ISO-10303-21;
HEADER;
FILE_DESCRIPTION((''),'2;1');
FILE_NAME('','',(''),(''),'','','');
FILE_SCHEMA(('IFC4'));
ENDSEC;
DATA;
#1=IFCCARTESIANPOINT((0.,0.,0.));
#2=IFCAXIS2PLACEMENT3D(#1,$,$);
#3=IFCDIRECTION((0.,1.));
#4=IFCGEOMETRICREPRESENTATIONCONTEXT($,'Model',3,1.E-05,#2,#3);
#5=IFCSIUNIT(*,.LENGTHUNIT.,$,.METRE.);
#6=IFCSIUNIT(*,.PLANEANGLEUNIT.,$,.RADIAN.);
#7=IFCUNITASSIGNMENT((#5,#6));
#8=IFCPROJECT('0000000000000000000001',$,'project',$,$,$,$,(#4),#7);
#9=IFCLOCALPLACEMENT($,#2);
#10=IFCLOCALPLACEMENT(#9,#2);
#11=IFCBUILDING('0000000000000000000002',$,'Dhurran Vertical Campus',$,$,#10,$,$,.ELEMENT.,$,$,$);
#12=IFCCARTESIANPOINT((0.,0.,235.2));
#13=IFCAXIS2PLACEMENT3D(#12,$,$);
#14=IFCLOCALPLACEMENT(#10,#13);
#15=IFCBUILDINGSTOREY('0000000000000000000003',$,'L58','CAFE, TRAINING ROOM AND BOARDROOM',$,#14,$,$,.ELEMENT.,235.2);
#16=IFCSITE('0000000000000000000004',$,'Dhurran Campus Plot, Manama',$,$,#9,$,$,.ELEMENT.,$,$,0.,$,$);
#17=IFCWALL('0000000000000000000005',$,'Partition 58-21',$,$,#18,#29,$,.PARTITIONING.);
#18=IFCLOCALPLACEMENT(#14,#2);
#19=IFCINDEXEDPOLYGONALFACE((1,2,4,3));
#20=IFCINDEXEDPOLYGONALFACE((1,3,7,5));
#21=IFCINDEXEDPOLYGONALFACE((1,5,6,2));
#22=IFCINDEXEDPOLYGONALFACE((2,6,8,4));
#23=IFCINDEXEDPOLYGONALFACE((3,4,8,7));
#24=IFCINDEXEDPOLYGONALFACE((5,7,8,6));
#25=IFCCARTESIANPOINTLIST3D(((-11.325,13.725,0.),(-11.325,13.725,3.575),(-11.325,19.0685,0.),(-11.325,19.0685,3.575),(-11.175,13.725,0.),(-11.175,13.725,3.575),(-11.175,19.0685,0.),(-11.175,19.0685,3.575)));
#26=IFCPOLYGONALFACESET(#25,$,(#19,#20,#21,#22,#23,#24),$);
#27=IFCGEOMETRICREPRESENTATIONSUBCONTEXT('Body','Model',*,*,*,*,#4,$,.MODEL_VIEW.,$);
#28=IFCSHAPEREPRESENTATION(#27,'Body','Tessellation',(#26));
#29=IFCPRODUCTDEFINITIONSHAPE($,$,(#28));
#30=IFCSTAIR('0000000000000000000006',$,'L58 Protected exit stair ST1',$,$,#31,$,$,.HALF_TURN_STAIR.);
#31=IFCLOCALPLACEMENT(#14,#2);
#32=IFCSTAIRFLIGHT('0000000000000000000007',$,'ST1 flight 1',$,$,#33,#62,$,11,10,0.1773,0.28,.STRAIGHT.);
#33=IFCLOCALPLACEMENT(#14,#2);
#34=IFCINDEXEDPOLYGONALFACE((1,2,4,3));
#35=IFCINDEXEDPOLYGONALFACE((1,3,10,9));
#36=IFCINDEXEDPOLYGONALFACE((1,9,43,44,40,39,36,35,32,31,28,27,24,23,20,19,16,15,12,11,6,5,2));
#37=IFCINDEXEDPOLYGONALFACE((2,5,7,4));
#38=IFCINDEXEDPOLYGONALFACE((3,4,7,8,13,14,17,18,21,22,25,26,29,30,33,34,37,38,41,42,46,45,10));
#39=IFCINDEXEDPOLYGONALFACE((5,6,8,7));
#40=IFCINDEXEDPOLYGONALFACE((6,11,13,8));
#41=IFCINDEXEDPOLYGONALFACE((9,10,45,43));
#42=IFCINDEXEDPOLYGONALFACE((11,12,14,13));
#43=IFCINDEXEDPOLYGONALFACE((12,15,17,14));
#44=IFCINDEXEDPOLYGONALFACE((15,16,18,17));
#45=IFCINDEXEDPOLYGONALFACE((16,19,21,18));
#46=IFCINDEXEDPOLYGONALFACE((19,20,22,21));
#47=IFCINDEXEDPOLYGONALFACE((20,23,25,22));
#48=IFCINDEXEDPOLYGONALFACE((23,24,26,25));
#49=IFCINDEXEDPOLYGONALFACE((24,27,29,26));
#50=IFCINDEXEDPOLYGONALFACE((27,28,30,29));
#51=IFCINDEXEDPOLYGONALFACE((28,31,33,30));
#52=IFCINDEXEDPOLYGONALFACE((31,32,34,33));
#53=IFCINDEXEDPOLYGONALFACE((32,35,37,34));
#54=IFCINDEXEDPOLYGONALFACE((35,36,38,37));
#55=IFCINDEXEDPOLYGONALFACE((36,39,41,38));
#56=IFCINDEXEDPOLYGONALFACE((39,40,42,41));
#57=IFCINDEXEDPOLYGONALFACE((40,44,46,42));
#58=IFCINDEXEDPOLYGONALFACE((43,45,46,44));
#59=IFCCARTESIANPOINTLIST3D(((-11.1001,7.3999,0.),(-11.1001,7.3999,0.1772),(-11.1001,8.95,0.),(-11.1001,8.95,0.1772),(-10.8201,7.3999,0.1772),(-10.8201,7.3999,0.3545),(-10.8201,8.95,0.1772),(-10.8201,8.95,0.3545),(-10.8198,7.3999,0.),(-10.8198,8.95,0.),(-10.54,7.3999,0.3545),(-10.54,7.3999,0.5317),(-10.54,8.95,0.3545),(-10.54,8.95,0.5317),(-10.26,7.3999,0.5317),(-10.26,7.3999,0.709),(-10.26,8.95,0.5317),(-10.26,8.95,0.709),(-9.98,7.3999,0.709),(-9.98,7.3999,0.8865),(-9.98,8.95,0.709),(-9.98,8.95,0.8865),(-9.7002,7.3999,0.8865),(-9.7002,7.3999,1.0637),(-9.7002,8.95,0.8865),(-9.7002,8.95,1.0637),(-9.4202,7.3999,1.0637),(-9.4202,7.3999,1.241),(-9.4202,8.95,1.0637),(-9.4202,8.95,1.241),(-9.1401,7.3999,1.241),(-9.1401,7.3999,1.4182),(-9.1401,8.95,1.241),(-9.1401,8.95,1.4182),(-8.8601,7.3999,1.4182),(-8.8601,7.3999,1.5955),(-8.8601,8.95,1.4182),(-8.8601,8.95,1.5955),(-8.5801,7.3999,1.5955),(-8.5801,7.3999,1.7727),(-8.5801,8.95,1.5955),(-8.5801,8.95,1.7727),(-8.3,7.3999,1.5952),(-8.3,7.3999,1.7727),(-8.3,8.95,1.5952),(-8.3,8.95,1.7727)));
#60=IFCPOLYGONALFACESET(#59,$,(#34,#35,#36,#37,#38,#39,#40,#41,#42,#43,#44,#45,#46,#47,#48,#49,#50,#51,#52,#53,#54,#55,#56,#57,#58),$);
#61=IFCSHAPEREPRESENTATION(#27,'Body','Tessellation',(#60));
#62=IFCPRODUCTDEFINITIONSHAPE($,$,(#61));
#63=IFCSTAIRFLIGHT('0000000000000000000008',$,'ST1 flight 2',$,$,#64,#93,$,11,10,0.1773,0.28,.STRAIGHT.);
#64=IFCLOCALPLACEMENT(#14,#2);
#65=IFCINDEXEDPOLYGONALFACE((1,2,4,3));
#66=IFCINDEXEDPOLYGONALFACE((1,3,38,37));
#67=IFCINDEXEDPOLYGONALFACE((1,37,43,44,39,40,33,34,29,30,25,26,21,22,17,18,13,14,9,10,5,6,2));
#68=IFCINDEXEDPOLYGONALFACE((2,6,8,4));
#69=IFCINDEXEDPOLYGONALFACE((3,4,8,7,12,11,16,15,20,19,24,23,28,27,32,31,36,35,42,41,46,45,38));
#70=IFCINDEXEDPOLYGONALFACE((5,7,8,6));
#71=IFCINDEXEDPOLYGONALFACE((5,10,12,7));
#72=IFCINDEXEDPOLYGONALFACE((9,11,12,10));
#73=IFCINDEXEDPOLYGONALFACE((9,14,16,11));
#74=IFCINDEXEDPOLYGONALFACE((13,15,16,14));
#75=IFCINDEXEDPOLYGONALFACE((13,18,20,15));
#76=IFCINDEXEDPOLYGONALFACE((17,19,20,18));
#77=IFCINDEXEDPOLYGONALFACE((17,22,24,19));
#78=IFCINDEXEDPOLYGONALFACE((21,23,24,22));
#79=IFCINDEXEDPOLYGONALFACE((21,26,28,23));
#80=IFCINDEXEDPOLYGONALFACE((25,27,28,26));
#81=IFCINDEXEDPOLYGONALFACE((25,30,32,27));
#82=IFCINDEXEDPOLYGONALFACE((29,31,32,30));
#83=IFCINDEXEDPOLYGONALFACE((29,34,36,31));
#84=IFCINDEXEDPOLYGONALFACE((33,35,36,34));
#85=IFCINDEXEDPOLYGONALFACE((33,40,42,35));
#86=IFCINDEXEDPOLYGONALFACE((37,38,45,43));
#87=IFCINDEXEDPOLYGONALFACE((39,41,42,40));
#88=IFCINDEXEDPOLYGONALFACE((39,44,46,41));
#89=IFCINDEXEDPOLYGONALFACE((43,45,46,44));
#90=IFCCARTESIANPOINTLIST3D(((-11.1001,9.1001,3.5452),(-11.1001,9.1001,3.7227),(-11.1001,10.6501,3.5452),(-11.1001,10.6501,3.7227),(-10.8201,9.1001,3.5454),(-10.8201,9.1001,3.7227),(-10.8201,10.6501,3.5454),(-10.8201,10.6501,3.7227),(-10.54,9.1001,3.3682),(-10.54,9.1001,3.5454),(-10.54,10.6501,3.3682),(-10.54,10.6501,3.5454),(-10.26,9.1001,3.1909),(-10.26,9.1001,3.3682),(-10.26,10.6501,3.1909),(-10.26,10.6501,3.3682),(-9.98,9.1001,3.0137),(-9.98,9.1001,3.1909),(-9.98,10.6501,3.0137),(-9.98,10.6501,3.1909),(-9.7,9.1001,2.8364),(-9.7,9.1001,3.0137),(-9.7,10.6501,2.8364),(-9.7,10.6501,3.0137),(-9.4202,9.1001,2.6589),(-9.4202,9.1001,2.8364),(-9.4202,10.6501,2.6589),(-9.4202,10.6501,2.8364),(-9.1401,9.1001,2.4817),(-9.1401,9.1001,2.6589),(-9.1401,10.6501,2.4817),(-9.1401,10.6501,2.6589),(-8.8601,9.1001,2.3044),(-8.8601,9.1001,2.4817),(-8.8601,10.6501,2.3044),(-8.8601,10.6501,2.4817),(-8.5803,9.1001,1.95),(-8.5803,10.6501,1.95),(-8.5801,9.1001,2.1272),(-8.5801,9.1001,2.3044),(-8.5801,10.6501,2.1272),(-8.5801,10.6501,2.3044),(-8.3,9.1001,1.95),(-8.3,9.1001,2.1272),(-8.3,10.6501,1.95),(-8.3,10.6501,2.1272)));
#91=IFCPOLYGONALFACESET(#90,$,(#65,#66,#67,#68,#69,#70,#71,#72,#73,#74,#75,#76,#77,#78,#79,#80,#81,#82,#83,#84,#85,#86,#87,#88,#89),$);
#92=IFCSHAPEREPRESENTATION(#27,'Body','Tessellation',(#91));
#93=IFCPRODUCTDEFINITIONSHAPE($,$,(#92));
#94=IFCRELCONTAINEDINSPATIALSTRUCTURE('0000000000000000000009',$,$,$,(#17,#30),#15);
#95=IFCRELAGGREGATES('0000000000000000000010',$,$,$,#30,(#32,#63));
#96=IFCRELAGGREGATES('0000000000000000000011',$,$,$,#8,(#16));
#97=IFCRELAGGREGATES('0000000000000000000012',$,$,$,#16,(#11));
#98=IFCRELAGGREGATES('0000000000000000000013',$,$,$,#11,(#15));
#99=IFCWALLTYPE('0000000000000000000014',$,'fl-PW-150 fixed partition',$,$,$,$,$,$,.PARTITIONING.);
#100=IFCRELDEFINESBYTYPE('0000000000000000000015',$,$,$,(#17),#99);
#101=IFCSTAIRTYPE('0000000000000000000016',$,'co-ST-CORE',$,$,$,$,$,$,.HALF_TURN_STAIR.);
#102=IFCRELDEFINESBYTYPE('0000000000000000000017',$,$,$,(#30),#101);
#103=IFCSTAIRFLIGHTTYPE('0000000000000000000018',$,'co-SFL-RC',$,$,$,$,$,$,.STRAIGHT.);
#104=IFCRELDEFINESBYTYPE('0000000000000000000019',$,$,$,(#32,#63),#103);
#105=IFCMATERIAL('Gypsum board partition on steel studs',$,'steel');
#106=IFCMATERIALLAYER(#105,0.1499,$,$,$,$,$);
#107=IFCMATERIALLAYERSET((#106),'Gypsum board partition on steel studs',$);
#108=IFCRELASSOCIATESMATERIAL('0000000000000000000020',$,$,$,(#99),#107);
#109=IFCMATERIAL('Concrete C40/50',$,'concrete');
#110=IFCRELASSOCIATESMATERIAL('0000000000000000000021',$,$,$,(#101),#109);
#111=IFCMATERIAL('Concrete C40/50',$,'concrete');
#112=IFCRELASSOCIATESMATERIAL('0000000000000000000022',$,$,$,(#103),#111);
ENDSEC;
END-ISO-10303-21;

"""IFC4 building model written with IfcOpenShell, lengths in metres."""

from ifc_helpers import new_model, si_unit, direction, frame, frame_2d, origin, place, context, subcontext, project, spatial, polyline, rectangle, outline, extrude, material, layer, layer_set, type_object, element, aggregate, save


model = new_model("IFC4")

# Units and contexts
model_context = context("Model", 3, precision=1e-05, world=origin(), true_north=direction((0.0, 1.0)))
body_context = subcontext(model_context, "Body", "Model", "MODEL_VIEW")
ifc_project = project(units=[si_unit("LENGTHUNIT", "METRE"), si_unit("PLANEANGLEUNIT", "RADIAN")], contexts=[model_context])

# Site, building, storey
site_placement = place(None, origin())
site = spatial("IfcSite", under=ifc_project, at=site_placement, Name="Dhurran Campus Plot, Manama", CompositionType="ELEMENT", RefElevation=0.0)
building_placement = place(site_placement, origin())
building = spatial("IfcBuilding", under=site, at=building_placement, Name="Dhurran Vertical Campus", CompositionType="ELEMENT")
storey_placement = place(building_placement, frame((0.0, 0.0, 235.2)))
storey = spatial("IfcBuildingStorey", under=building, at=storey_placement, Name="L58", Description="CAFE, TRAINING ROOM AND BOARDROOM", CompositionType="ELEMENT", Elevation=235.2)

# Wall
ifc_material_1 = material(Name="Gypsum board partition on steel studs", Category="steel")
ifc_layer_1 = layer(ifc_material_1, 0.1499)
ifc_layer_set_1 = layer_set([ifc_layer_1], Name="Gypsum board partition on steel studs")
wall_type_1 = type_object("IfcWallType", Name="fl-PW-150 fixed partition", PredefinedType="PARTITIONING", material=ifc_layer_set_1)
wall_1_placement = place(storey_placement, frame((-11.25, 19.0686, 0.0), z_axis=(0.0, 0.0, 1.0), x_axis=(0.0, -1.0, 0.0)))
element("IfcWall", 1, at=wall_1_placement, inside=storey, type_object=wall_type_1, Name="Partition 58-21", PredefinedType="PARTITIONING", context=body_context, shape_type="SweptSolid", body=[
    extrude(rectangle(XDim=5.3435, YDim=0.1499, at=frame_2d((2.6719, 0.0))), origin(), (0.0, 0.0, 1.0), 3.575),
])

# Stair, stair flights
ifc_material_2 = material(Name="Concrete C40/50", Category="concrete")
stair_type = type_object("IfcStairType", Name="co-ST-CORE", PredefinedType="HALF_TURN_STAIR", material=ifc_material_2)
stair_placement = place(storey_placement, origin())
stair = element("IfcStair", 2, at=stair_placement, inside=storey, type_object=stair_type, Name="L58 Protected exit stair ST1", PredefinedType="HALF_TURN_STAIR")
ifc_material_3 = material(Name="Concrete C40/50", Category="concrete")
stair_flight_type = type_object("IfcStairFlightType", Name="co-SFL-RC", PredefinedType="STRAIGHT", material=ifc_material_3)
stair_flight_1_placement = place(storey_placement, frame((-11.1001, 8.175, 0.0), z_axis=(0.0, 0.0, 1.0), x_axis=(1.0, 0.0, 0.0)))
stair_flight_1 = element("IfcStairFlight", 3, at=stair_flight_1_placement, type_object=stair_flight_type, Name="ST1 flight 1", NumberOfRisers=11, NumberOfTreads=10, PredefinedType="STRAIGHT", RiserHeight=0.1773, TreadLength=0.28, context=body_context, shape_type="SweptSolid", body=[
    extrude(outline(polyline([(0.0, 0.0), (0.0, 0.1772), (0.28, 0.1772), (0.28, 0.3545), (0.5601, 0.3545), (0.5601, 0.5317), (0.8401, 0.5317), (0.8401, 0.709), (1.1201, 0.709), (1.1201, 0.8865), (1.3999, 0.8865), (1.3999, 1.0637), (1.6799, 1.0637), (1.6799, 1.241), (1.96, 1.241), (1.96, 1.4182), (2.24, 1.4182), (2.24, 1.5955), (2.52, 1.5955), (2.52, 1.7727), (2.8, 1.7727), (2.8, 1.95), (2.8, 1.5952), (0.2803, 0.0), (0.0, 0.0)])), frame((0.0, 0.7749, 0.0), z_axis=(0.0, -1.0, 0.0), x_axis=(1.0, 0.0, 0.0)), (0.0, 0.0, 1.0), 1.55),
])
stair_flight_2_placement = place(storey_placement, frame((-8.3, 9.875, 1.95), z_axis=(0.0, 0.0, 1.0), x_axis=(-1.0, 0.0, 0.0)))
stair_flight_2 = element("IfcStairFlight", 4, at=stair_flight_2_placement, type_object=stair_flight_type, Name="ST1 flight 2", NumberOfRisers=11, NumberOfTreads=10, PredefinedType="STRAIGHT", RiserHeight=0.1773, TreadLength=0.28, context=body_context, shape_type="SweptSolid", body=[
    extrude(outline(polyline([(0.0, 0.0), (0.0, 0.1772), (0.28, 0.1772), (0.28, 0.3545), (0.5601, 0.3545), (0.5601, 0.5317), (0.8401, 0.5317), (0.8401, 0.709), (1.1201, 0.709), (1.1201, 0.8865), (1.3999, 0.8865), (1.3999, 1.0637), (1.6799, 1.0637), (1.6799, 1.241), (1.96, 1.241), (1.96, 1.4182), (2.24, 1.4182), (2.24, 1.5955), (2.52, 1.5955), (2.52, 1.7727), (2.8, 1.7727), (2.8, 1.95), (2.8, 1.5952), (0.2803, 0.0), (0.0, 0.0)])), frame((0.0, 0.7749, 0.0), z_axis=(0.0, -1.0, 0.0), x_axis=(1.0, 0.0, 0.0)), (0.0, 0.0, 1.0), 1.55),
])
aggregate(stair, [stair_flight_1, stair_flight_2])

save(model, "model.ifc")
